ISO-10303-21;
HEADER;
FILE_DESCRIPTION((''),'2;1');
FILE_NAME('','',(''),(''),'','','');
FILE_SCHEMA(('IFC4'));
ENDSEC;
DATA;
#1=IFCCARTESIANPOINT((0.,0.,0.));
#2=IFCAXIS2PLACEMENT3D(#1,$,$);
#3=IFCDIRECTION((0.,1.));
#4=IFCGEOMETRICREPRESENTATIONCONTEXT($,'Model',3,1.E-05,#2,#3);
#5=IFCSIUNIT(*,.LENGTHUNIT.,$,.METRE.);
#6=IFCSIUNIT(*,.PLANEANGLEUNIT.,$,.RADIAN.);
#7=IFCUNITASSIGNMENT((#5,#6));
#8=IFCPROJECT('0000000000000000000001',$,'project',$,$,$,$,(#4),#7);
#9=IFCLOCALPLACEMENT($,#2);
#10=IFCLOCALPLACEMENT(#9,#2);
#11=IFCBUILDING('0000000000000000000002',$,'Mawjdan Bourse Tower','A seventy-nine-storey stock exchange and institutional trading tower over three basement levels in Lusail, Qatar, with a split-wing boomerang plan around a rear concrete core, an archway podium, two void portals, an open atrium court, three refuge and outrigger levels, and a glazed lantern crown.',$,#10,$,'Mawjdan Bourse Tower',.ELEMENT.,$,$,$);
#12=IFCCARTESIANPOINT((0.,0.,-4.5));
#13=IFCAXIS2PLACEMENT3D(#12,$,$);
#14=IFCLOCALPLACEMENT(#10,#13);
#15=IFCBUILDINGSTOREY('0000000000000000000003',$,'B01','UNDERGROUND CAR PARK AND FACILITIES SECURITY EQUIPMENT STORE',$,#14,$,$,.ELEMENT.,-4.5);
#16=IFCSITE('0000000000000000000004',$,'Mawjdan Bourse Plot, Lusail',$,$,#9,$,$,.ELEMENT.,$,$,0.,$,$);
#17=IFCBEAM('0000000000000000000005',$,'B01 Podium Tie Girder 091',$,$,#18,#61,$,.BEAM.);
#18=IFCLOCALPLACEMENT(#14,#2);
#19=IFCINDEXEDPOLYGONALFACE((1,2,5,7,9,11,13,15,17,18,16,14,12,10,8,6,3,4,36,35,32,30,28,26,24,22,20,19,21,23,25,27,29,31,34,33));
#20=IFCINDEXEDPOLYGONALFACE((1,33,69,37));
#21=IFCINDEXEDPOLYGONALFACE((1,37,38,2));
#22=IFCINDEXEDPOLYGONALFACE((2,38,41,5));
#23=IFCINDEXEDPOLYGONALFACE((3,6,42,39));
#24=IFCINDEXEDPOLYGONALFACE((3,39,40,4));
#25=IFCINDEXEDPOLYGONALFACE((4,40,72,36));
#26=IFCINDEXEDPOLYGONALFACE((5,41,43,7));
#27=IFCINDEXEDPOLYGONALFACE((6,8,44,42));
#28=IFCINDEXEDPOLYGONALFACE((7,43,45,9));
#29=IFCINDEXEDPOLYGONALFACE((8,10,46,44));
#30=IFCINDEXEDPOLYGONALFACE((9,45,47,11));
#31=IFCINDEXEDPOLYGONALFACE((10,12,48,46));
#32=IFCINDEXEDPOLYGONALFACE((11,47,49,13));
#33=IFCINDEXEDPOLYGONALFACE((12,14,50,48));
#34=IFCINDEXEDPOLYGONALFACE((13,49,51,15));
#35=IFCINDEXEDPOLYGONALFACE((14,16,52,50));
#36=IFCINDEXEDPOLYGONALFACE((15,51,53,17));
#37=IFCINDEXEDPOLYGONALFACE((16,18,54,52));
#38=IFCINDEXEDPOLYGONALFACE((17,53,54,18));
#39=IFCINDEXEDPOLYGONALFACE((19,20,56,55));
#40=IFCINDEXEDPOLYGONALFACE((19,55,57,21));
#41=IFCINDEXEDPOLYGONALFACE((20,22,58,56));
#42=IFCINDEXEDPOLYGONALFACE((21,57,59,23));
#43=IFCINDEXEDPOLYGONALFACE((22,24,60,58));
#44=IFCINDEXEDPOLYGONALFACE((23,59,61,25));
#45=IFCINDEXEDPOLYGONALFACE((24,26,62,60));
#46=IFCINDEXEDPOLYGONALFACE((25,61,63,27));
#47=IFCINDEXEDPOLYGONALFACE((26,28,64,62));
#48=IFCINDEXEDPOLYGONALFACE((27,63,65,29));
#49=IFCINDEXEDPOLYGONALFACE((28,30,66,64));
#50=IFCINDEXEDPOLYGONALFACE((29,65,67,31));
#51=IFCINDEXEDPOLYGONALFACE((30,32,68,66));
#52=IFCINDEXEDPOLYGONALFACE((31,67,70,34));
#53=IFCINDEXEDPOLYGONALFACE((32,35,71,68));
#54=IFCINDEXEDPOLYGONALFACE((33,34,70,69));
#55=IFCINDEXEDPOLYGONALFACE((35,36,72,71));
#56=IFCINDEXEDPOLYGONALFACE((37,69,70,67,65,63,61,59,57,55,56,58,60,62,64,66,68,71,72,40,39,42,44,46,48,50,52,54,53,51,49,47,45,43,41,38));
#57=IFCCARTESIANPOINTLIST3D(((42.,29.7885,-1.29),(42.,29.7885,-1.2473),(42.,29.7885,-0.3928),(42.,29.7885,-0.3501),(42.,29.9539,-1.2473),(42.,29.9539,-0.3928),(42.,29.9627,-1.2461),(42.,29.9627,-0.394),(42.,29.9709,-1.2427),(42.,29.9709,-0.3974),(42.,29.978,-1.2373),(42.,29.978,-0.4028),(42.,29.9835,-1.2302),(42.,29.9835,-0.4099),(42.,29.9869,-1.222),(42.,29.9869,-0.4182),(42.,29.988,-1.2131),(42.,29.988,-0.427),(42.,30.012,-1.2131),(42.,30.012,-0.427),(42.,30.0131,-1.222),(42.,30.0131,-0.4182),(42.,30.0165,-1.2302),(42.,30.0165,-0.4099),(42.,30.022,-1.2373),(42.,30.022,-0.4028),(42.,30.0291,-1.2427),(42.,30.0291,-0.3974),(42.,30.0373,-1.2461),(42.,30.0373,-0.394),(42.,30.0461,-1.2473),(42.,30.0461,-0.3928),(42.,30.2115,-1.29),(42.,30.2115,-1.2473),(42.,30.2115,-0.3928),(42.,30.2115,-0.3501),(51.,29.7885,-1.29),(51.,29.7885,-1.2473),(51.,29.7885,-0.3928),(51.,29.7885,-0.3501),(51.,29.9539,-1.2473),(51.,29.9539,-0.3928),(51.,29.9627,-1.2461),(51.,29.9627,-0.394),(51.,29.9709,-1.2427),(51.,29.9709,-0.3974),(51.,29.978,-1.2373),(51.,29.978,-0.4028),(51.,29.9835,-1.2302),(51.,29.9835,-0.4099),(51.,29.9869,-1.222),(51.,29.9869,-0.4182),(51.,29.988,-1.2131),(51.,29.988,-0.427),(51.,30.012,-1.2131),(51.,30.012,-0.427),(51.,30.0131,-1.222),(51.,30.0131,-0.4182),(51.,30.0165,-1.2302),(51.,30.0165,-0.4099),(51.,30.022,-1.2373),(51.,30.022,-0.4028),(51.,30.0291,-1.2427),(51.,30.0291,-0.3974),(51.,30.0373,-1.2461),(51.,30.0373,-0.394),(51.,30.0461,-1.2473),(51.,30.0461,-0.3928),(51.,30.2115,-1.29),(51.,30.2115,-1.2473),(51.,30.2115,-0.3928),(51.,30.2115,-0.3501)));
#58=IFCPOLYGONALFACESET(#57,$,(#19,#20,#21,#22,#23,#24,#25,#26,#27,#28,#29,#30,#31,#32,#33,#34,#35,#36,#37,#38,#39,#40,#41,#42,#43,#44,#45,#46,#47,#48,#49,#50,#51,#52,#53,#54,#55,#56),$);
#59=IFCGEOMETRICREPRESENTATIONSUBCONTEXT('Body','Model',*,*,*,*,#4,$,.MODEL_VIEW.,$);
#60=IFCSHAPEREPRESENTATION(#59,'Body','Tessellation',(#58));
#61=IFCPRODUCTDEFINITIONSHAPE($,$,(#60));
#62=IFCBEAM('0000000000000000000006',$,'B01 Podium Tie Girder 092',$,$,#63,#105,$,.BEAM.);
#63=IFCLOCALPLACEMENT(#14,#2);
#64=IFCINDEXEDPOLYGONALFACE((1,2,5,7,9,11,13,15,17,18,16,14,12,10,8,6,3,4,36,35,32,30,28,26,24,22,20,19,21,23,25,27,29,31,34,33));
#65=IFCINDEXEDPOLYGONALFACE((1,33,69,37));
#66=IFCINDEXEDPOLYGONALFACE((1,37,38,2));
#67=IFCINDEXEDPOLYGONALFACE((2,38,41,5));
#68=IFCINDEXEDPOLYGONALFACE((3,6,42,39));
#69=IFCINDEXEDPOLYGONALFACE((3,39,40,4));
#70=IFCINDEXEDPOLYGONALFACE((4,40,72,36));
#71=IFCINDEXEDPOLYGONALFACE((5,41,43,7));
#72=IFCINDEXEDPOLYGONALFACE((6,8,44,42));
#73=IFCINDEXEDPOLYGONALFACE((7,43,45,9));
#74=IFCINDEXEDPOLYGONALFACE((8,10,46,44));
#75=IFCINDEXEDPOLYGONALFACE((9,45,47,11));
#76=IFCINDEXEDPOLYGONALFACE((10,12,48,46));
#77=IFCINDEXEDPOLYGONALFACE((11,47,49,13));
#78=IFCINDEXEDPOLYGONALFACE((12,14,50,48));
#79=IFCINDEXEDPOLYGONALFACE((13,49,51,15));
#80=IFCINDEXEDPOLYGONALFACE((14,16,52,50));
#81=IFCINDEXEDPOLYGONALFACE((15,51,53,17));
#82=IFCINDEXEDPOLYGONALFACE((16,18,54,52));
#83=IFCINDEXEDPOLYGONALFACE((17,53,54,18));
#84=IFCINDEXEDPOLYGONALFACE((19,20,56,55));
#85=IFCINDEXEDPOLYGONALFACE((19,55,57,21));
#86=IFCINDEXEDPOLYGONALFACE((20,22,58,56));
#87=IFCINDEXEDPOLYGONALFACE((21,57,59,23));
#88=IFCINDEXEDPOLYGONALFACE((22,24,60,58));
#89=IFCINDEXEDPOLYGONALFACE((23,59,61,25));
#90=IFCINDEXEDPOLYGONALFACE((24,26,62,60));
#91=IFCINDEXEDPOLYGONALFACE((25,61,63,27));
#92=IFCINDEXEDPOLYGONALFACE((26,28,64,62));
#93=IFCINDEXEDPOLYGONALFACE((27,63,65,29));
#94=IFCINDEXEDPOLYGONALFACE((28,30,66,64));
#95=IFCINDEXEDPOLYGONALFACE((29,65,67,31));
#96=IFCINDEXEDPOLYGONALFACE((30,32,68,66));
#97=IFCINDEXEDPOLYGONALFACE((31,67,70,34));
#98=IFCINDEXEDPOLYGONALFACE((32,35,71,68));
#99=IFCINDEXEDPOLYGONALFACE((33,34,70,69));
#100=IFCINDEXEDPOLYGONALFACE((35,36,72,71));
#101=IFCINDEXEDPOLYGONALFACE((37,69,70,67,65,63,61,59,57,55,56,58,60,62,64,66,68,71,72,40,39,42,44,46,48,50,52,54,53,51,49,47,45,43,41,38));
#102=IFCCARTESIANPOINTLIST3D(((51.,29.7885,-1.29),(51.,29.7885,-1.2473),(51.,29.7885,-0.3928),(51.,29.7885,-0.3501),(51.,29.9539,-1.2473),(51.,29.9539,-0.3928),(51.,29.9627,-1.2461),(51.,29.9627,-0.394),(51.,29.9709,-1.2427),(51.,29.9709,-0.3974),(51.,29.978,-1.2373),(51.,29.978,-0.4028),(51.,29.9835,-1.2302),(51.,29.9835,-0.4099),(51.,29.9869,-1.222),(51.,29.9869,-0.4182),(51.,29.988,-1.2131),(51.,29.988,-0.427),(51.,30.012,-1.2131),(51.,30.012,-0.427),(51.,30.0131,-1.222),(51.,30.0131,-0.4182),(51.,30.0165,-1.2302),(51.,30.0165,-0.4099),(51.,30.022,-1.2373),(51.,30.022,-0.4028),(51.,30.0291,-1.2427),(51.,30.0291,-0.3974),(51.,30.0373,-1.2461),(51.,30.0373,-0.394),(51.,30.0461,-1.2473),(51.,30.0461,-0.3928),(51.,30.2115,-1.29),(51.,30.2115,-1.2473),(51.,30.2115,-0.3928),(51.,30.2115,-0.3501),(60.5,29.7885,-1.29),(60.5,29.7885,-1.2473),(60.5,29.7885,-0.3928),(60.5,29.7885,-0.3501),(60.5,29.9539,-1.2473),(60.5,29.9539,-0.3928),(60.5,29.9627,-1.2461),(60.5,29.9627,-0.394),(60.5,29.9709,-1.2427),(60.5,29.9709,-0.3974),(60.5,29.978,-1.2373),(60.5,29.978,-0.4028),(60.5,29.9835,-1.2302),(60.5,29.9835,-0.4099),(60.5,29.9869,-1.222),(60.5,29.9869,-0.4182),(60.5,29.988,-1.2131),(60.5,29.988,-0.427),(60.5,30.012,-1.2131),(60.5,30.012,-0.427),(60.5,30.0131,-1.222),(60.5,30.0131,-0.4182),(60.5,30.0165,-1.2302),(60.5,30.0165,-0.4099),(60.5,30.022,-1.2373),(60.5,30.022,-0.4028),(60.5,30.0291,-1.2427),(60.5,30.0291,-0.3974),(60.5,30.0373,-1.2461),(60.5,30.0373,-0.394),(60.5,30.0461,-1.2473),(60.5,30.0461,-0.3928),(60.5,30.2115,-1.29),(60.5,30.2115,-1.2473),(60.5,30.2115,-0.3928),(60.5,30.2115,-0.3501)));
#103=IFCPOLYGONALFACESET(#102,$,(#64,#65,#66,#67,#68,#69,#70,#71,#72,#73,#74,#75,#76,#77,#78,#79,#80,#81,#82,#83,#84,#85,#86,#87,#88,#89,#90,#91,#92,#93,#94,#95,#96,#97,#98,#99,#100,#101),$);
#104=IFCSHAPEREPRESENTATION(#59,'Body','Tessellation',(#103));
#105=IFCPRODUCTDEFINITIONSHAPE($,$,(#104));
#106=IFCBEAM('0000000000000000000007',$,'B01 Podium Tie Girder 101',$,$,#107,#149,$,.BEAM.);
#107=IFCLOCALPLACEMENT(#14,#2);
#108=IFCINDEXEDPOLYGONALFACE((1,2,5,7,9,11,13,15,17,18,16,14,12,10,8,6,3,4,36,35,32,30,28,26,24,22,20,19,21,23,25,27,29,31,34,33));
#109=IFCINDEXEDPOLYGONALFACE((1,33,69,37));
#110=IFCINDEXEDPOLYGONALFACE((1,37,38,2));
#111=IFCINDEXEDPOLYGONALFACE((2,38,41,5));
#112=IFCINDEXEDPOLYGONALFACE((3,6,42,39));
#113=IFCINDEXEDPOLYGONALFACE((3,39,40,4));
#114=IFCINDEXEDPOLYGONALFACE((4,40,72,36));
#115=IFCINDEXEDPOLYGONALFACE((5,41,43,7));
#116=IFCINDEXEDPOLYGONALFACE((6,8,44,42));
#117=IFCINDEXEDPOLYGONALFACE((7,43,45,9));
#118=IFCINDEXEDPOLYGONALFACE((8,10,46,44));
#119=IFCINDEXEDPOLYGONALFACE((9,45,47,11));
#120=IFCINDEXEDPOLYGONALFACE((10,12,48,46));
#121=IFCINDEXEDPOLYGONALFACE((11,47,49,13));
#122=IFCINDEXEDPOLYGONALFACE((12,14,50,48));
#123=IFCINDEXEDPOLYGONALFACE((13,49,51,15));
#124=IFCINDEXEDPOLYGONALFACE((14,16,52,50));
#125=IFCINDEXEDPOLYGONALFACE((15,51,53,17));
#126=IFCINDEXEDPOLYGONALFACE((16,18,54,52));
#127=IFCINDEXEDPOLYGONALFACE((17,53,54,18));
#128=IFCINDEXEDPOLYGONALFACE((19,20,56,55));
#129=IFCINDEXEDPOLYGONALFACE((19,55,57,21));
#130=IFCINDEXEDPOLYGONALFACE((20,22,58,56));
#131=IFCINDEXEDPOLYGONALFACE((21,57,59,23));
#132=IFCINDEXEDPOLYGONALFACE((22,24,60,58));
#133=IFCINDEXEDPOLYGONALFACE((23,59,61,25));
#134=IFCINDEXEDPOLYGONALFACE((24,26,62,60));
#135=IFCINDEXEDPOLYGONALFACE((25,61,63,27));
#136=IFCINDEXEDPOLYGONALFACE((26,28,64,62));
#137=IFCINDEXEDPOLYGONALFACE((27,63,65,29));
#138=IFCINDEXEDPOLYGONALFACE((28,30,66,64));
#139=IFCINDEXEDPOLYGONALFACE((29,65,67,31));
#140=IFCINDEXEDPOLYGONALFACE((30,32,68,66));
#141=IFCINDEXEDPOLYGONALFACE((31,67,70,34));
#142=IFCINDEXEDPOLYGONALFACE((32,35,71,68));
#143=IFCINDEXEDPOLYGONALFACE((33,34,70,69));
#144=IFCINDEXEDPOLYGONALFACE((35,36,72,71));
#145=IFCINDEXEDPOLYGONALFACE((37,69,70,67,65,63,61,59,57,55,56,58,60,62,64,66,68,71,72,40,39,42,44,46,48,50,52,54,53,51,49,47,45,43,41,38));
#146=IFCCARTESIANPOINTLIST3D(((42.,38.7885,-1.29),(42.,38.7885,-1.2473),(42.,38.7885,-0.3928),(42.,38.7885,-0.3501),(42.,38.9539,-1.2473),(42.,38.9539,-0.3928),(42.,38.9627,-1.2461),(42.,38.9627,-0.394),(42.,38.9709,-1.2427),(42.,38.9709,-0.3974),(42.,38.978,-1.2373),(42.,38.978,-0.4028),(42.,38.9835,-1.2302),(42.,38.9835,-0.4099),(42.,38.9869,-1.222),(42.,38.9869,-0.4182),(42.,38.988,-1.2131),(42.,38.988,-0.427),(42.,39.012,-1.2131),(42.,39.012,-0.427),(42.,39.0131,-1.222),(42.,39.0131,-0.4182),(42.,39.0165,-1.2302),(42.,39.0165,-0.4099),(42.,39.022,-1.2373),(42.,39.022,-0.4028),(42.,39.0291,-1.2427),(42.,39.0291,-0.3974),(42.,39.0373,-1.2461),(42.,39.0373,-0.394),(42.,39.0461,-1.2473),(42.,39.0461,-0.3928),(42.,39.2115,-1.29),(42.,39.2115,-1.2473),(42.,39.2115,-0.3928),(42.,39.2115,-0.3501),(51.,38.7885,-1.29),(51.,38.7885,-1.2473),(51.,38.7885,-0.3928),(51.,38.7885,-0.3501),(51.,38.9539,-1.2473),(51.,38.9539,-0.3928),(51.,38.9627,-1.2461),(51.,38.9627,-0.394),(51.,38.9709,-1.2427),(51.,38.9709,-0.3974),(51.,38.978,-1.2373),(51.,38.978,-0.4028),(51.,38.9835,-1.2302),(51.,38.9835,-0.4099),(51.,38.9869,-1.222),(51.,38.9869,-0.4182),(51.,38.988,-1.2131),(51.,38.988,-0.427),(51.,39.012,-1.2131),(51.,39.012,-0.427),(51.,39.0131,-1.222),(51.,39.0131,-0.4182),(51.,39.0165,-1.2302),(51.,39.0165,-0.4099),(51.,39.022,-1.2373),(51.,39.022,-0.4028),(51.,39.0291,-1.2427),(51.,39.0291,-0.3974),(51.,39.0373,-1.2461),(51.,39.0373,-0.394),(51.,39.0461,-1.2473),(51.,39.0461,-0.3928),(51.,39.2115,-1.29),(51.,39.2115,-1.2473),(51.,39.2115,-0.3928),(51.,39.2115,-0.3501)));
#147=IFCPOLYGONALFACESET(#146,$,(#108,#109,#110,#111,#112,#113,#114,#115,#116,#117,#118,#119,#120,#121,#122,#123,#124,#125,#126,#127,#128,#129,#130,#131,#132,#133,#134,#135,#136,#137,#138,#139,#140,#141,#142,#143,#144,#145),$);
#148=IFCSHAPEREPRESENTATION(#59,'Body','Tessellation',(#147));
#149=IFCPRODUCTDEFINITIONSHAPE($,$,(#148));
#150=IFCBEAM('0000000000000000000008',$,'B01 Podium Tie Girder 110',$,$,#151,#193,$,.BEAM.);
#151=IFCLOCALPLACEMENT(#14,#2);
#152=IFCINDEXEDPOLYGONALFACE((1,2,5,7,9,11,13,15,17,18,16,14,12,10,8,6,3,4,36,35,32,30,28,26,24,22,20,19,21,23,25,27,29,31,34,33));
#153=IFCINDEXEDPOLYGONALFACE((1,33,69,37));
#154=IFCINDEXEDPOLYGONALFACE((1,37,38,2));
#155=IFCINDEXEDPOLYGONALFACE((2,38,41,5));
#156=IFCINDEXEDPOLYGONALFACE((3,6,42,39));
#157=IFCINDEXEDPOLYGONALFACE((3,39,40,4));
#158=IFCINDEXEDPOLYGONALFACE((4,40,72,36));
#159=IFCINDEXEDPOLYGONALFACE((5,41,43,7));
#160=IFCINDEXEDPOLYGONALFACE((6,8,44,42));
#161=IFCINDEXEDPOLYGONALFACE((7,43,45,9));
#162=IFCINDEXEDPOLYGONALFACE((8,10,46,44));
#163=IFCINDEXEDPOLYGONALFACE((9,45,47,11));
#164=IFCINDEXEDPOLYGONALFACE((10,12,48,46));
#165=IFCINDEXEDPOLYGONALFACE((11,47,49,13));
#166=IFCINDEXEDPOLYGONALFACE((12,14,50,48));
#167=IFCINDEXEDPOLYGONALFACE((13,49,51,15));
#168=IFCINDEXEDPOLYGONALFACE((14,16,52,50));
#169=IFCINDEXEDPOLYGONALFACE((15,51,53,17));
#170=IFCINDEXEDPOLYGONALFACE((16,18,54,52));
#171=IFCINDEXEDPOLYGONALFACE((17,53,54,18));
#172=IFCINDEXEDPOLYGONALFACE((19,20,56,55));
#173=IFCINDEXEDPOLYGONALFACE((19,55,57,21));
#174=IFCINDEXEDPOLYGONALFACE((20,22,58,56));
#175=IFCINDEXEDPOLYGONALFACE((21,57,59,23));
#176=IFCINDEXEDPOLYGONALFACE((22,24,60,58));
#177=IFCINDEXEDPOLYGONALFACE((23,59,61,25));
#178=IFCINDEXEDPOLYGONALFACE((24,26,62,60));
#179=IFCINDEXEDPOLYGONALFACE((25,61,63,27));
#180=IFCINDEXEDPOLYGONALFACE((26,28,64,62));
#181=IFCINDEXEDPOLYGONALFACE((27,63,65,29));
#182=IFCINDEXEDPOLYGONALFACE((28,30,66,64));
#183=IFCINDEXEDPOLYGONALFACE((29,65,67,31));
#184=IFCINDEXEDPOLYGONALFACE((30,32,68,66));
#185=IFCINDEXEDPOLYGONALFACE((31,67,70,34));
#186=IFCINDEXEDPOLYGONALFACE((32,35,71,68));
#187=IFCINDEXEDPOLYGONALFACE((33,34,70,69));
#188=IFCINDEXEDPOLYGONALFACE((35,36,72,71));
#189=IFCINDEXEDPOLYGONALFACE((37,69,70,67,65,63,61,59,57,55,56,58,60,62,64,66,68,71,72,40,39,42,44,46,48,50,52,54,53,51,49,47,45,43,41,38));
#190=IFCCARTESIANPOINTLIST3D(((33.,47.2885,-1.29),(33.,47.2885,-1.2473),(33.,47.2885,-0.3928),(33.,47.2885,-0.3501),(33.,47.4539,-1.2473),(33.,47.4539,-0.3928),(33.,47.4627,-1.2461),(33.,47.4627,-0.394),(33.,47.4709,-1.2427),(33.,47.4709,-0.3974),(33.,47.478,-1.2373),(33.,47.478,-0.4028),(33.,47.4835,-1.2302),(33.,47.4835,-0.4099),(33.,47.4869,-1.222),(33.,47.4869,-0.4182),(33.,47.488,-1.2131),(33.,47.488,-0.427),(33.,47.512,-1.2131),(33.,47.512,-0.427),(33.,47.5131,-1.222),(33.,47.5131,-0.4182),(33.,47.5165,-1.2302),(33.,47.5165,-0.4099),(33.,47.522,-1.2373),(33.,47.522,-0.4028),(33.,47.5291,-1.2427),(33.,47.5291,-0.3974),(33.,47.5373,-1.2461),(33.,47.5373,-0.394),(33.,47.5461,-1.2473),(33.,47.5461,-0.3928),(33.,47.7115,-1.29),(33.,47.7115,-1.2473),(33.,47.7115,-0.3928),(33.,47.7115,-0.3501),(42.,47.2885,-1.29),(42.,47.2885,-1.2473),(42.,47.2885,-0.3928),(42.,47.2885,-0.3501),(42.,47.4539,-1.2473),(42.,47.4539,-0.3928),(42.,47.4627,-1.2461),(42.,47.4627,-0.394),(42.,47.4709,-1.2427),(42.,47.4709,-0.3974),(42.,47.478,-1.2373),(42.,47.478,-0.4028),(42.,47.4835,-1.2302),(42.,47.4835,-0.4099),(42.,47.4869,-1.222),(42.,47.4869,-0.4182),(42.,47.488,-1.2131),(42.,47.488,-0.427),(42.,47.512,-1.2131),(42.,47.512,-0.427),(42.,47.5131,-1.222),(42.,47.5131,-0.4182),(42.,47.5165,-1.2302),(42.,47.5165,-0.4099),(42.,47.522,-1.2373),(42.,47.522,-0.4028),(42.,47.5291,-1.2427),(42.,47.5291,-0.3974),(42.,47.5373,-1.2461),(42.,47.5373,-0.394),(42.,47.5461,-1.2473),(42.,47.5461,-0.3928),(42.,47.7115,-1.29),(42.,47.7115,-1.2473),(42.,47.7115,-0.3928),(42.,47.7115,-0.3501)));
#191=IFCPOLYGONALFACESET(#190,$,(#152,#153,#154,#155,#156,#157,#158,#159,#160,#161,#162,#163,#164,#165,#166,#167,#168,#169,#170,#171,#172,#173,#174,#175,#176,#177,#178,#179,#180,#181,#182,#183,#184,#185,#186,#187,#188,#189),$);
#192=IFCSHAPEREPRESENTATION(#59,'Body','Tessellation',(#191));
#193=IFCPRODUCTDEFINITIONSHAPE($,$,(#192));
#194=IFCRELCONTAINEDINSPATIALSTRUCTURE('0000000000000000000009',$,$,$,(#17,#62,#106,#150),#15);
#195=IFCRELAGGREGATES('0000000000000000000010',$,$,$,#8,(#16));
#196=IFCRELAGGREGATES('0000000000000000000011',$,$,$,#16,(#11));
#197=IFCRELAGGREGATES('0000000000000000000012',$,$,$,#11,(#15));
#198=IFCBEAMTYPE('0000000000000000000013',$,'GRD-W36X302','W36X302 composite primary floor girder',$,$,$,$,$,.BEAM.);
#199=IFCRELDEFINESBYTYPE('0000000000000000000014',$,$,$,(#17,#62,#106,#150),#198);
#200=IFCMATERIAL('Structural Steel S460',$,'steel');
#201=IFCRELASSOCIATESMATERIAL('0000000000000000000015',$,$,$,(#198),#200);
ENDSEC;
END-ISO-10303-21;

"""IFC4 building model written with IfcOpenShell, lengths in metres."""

from ifc_helpers import new_model, si_unit, direction, frame, origin, origin_2d, place, context, subcontext, project, spatial, i_section, extrude, material, material_profile, profile_set, type_object, element, save


model = new_model("IFC4")

# Units and contexts
model_context = context("Model", 3, precision=1e-05, world=origin(), true_north=direction((0.0, 1.0)))
body_context = subcontext(model_context, "Body", "Model", "MODEL_VIEW")
ifc_project = project(units=[si_unit("LENGTHUNIT", "METRE"), si_unit("PLANEANGLEUNIT", "RADIAN")], contexts=[model_context])

# Site, building, storey
site_placement = place(None, origin())
site = spatial("IfcSite", under=ifc_project, at=site_placement, Name="Mawjdan Bourse Plot, Lusail", CompositionType="ELEMENT", RefElevation=0.0)
building_placement = place(site_placement, origin())
building = spatial("IfcBuilding", under=site, at=building_placement, Name="Mawjdan Bourse Tower", Description="A seventy-nine-storey stock exchange and institutional trading tower over three basement levels in Lusail, Qatar, with a split-wing boomerang plan around a rear concrete core, an archway podium, two void portals, an open atrium court, three refuge and outrigger levels, and a glazed lantern crown.", LongName="Mawjdan Bourse Tower", CompositionType="ELEMENT")
storey_placement = place(building_placement, frame((0.0, 0.0, -4.5)))
storey = spatial("IfcBuildingStorey", under=building, at=storey_placement, Name="B01", Description="UNDERGROUND CAR PARK AND FACILITIES SECURITY EQUIPMENT STORE", CompositionType="ELEMENT", Elevation=-4.5)

# Beams
ifc_material_1 = material(Name="Structural Steel S460", Category="steel")
ifc_material_profile_1 = material_profile(ifc_material_1, i_section(OverallWidth=0.4231, OverallDepth=0.9399, WebThickness=0.0239, FlangeThickness=0.0427, FilletRadius=0.0342, at=origin_2d()), Name="W36X302")
ifc_profile_set_1 = profile_set([ifc_material_profile_1], Name="Structural Steel S460")
beam_type_1 = type_object("IfcBeamType", Name="GRD-W36X302", Description="W36X302 composite primary floor girder", PredefinedType="BEAM", material=ifc_profile_set_1)
for number, where, z_axis, x_axis, name in (
    (1, (42.0, 30.0, -0.8201), (1.0, 0.0, 0.0), (0.0, 1.0, 0.0), "B01 Podium Tie Girder 091"),
):
    element("IfcBeam", number, at=place(storey_placement, frame(where, z_axis=z_axis, x_axis=x_axis)), inside=storey, type_object=beam_type_1, Name=name, PredefinedType="BEAM", context=body_context, shape_type="SweptSolid", body=[
        extrude(i_section(OverallWidth=0.4231, OverallDepth=0.9399, WebThickness=0.0239, FlangeThickness=0.0427, FilletRadius=0.0342, at=origin_2d()), origin(), (0.0, 0.0, 1.0), 9.0),
    ])
beam_1_placement = place(storey_placement, frame((51.0, 30.0, -0.8201), z_axis=(1.0, 0.0, 0.0), x_axis=(0.0, 1.0, 0.0)))
element("IfcBeam", 2, at=beam_1_placement, inside=storey, type_object=beam_type_1, Name="B01 Podium Tie Girder 092", PredefinedType="BEAM", context=body_context, shape_type="SweptSolid", body=[
    extrude(i_section(OverallWidth=0.4231, OverallDepth=0.9399, WebThickness=0.0239, FlangeThickness=0.0427, FilletRadius=0.0342, at=origin_2d()), origin(), (0.0, 0.0, 1.0), 9.5),
])
for number, where, z_axis, x_axis, name in (
    (3, (42.0, 39.0, -0.8201), (1.0, 0.0, 0.0), (0.0, 1.0, 0.0), "B01 Podium Tie Girder 101"),
    (4, (33.0, 47.5, -0.8201), (1.0, 0.0, 0.0), (0.0, 1.0, 0.0), "B01 Podium Tie Girder 110"),
):
    element("IfcBeam", number, at=place(storey_placement, frame(where, z_axis=z_axis, x_axis=x_axis)), inside=storey, type_object=beam_type_1, Name=name, PredefinedType="BEAM", context=body_context, shape_type="SweptSolid", body=[
        extrude(i_section(OverallWidth=0.4231, OverallDepth=0.9399, WebThickness=0.0239, FlangeThickness=0.0427, FilletRadius=0.0342, at=origin_2d()), origin(), (0.0, 0.0, 1.0), 9.0),
    ])

save(model, "model.ifc")
